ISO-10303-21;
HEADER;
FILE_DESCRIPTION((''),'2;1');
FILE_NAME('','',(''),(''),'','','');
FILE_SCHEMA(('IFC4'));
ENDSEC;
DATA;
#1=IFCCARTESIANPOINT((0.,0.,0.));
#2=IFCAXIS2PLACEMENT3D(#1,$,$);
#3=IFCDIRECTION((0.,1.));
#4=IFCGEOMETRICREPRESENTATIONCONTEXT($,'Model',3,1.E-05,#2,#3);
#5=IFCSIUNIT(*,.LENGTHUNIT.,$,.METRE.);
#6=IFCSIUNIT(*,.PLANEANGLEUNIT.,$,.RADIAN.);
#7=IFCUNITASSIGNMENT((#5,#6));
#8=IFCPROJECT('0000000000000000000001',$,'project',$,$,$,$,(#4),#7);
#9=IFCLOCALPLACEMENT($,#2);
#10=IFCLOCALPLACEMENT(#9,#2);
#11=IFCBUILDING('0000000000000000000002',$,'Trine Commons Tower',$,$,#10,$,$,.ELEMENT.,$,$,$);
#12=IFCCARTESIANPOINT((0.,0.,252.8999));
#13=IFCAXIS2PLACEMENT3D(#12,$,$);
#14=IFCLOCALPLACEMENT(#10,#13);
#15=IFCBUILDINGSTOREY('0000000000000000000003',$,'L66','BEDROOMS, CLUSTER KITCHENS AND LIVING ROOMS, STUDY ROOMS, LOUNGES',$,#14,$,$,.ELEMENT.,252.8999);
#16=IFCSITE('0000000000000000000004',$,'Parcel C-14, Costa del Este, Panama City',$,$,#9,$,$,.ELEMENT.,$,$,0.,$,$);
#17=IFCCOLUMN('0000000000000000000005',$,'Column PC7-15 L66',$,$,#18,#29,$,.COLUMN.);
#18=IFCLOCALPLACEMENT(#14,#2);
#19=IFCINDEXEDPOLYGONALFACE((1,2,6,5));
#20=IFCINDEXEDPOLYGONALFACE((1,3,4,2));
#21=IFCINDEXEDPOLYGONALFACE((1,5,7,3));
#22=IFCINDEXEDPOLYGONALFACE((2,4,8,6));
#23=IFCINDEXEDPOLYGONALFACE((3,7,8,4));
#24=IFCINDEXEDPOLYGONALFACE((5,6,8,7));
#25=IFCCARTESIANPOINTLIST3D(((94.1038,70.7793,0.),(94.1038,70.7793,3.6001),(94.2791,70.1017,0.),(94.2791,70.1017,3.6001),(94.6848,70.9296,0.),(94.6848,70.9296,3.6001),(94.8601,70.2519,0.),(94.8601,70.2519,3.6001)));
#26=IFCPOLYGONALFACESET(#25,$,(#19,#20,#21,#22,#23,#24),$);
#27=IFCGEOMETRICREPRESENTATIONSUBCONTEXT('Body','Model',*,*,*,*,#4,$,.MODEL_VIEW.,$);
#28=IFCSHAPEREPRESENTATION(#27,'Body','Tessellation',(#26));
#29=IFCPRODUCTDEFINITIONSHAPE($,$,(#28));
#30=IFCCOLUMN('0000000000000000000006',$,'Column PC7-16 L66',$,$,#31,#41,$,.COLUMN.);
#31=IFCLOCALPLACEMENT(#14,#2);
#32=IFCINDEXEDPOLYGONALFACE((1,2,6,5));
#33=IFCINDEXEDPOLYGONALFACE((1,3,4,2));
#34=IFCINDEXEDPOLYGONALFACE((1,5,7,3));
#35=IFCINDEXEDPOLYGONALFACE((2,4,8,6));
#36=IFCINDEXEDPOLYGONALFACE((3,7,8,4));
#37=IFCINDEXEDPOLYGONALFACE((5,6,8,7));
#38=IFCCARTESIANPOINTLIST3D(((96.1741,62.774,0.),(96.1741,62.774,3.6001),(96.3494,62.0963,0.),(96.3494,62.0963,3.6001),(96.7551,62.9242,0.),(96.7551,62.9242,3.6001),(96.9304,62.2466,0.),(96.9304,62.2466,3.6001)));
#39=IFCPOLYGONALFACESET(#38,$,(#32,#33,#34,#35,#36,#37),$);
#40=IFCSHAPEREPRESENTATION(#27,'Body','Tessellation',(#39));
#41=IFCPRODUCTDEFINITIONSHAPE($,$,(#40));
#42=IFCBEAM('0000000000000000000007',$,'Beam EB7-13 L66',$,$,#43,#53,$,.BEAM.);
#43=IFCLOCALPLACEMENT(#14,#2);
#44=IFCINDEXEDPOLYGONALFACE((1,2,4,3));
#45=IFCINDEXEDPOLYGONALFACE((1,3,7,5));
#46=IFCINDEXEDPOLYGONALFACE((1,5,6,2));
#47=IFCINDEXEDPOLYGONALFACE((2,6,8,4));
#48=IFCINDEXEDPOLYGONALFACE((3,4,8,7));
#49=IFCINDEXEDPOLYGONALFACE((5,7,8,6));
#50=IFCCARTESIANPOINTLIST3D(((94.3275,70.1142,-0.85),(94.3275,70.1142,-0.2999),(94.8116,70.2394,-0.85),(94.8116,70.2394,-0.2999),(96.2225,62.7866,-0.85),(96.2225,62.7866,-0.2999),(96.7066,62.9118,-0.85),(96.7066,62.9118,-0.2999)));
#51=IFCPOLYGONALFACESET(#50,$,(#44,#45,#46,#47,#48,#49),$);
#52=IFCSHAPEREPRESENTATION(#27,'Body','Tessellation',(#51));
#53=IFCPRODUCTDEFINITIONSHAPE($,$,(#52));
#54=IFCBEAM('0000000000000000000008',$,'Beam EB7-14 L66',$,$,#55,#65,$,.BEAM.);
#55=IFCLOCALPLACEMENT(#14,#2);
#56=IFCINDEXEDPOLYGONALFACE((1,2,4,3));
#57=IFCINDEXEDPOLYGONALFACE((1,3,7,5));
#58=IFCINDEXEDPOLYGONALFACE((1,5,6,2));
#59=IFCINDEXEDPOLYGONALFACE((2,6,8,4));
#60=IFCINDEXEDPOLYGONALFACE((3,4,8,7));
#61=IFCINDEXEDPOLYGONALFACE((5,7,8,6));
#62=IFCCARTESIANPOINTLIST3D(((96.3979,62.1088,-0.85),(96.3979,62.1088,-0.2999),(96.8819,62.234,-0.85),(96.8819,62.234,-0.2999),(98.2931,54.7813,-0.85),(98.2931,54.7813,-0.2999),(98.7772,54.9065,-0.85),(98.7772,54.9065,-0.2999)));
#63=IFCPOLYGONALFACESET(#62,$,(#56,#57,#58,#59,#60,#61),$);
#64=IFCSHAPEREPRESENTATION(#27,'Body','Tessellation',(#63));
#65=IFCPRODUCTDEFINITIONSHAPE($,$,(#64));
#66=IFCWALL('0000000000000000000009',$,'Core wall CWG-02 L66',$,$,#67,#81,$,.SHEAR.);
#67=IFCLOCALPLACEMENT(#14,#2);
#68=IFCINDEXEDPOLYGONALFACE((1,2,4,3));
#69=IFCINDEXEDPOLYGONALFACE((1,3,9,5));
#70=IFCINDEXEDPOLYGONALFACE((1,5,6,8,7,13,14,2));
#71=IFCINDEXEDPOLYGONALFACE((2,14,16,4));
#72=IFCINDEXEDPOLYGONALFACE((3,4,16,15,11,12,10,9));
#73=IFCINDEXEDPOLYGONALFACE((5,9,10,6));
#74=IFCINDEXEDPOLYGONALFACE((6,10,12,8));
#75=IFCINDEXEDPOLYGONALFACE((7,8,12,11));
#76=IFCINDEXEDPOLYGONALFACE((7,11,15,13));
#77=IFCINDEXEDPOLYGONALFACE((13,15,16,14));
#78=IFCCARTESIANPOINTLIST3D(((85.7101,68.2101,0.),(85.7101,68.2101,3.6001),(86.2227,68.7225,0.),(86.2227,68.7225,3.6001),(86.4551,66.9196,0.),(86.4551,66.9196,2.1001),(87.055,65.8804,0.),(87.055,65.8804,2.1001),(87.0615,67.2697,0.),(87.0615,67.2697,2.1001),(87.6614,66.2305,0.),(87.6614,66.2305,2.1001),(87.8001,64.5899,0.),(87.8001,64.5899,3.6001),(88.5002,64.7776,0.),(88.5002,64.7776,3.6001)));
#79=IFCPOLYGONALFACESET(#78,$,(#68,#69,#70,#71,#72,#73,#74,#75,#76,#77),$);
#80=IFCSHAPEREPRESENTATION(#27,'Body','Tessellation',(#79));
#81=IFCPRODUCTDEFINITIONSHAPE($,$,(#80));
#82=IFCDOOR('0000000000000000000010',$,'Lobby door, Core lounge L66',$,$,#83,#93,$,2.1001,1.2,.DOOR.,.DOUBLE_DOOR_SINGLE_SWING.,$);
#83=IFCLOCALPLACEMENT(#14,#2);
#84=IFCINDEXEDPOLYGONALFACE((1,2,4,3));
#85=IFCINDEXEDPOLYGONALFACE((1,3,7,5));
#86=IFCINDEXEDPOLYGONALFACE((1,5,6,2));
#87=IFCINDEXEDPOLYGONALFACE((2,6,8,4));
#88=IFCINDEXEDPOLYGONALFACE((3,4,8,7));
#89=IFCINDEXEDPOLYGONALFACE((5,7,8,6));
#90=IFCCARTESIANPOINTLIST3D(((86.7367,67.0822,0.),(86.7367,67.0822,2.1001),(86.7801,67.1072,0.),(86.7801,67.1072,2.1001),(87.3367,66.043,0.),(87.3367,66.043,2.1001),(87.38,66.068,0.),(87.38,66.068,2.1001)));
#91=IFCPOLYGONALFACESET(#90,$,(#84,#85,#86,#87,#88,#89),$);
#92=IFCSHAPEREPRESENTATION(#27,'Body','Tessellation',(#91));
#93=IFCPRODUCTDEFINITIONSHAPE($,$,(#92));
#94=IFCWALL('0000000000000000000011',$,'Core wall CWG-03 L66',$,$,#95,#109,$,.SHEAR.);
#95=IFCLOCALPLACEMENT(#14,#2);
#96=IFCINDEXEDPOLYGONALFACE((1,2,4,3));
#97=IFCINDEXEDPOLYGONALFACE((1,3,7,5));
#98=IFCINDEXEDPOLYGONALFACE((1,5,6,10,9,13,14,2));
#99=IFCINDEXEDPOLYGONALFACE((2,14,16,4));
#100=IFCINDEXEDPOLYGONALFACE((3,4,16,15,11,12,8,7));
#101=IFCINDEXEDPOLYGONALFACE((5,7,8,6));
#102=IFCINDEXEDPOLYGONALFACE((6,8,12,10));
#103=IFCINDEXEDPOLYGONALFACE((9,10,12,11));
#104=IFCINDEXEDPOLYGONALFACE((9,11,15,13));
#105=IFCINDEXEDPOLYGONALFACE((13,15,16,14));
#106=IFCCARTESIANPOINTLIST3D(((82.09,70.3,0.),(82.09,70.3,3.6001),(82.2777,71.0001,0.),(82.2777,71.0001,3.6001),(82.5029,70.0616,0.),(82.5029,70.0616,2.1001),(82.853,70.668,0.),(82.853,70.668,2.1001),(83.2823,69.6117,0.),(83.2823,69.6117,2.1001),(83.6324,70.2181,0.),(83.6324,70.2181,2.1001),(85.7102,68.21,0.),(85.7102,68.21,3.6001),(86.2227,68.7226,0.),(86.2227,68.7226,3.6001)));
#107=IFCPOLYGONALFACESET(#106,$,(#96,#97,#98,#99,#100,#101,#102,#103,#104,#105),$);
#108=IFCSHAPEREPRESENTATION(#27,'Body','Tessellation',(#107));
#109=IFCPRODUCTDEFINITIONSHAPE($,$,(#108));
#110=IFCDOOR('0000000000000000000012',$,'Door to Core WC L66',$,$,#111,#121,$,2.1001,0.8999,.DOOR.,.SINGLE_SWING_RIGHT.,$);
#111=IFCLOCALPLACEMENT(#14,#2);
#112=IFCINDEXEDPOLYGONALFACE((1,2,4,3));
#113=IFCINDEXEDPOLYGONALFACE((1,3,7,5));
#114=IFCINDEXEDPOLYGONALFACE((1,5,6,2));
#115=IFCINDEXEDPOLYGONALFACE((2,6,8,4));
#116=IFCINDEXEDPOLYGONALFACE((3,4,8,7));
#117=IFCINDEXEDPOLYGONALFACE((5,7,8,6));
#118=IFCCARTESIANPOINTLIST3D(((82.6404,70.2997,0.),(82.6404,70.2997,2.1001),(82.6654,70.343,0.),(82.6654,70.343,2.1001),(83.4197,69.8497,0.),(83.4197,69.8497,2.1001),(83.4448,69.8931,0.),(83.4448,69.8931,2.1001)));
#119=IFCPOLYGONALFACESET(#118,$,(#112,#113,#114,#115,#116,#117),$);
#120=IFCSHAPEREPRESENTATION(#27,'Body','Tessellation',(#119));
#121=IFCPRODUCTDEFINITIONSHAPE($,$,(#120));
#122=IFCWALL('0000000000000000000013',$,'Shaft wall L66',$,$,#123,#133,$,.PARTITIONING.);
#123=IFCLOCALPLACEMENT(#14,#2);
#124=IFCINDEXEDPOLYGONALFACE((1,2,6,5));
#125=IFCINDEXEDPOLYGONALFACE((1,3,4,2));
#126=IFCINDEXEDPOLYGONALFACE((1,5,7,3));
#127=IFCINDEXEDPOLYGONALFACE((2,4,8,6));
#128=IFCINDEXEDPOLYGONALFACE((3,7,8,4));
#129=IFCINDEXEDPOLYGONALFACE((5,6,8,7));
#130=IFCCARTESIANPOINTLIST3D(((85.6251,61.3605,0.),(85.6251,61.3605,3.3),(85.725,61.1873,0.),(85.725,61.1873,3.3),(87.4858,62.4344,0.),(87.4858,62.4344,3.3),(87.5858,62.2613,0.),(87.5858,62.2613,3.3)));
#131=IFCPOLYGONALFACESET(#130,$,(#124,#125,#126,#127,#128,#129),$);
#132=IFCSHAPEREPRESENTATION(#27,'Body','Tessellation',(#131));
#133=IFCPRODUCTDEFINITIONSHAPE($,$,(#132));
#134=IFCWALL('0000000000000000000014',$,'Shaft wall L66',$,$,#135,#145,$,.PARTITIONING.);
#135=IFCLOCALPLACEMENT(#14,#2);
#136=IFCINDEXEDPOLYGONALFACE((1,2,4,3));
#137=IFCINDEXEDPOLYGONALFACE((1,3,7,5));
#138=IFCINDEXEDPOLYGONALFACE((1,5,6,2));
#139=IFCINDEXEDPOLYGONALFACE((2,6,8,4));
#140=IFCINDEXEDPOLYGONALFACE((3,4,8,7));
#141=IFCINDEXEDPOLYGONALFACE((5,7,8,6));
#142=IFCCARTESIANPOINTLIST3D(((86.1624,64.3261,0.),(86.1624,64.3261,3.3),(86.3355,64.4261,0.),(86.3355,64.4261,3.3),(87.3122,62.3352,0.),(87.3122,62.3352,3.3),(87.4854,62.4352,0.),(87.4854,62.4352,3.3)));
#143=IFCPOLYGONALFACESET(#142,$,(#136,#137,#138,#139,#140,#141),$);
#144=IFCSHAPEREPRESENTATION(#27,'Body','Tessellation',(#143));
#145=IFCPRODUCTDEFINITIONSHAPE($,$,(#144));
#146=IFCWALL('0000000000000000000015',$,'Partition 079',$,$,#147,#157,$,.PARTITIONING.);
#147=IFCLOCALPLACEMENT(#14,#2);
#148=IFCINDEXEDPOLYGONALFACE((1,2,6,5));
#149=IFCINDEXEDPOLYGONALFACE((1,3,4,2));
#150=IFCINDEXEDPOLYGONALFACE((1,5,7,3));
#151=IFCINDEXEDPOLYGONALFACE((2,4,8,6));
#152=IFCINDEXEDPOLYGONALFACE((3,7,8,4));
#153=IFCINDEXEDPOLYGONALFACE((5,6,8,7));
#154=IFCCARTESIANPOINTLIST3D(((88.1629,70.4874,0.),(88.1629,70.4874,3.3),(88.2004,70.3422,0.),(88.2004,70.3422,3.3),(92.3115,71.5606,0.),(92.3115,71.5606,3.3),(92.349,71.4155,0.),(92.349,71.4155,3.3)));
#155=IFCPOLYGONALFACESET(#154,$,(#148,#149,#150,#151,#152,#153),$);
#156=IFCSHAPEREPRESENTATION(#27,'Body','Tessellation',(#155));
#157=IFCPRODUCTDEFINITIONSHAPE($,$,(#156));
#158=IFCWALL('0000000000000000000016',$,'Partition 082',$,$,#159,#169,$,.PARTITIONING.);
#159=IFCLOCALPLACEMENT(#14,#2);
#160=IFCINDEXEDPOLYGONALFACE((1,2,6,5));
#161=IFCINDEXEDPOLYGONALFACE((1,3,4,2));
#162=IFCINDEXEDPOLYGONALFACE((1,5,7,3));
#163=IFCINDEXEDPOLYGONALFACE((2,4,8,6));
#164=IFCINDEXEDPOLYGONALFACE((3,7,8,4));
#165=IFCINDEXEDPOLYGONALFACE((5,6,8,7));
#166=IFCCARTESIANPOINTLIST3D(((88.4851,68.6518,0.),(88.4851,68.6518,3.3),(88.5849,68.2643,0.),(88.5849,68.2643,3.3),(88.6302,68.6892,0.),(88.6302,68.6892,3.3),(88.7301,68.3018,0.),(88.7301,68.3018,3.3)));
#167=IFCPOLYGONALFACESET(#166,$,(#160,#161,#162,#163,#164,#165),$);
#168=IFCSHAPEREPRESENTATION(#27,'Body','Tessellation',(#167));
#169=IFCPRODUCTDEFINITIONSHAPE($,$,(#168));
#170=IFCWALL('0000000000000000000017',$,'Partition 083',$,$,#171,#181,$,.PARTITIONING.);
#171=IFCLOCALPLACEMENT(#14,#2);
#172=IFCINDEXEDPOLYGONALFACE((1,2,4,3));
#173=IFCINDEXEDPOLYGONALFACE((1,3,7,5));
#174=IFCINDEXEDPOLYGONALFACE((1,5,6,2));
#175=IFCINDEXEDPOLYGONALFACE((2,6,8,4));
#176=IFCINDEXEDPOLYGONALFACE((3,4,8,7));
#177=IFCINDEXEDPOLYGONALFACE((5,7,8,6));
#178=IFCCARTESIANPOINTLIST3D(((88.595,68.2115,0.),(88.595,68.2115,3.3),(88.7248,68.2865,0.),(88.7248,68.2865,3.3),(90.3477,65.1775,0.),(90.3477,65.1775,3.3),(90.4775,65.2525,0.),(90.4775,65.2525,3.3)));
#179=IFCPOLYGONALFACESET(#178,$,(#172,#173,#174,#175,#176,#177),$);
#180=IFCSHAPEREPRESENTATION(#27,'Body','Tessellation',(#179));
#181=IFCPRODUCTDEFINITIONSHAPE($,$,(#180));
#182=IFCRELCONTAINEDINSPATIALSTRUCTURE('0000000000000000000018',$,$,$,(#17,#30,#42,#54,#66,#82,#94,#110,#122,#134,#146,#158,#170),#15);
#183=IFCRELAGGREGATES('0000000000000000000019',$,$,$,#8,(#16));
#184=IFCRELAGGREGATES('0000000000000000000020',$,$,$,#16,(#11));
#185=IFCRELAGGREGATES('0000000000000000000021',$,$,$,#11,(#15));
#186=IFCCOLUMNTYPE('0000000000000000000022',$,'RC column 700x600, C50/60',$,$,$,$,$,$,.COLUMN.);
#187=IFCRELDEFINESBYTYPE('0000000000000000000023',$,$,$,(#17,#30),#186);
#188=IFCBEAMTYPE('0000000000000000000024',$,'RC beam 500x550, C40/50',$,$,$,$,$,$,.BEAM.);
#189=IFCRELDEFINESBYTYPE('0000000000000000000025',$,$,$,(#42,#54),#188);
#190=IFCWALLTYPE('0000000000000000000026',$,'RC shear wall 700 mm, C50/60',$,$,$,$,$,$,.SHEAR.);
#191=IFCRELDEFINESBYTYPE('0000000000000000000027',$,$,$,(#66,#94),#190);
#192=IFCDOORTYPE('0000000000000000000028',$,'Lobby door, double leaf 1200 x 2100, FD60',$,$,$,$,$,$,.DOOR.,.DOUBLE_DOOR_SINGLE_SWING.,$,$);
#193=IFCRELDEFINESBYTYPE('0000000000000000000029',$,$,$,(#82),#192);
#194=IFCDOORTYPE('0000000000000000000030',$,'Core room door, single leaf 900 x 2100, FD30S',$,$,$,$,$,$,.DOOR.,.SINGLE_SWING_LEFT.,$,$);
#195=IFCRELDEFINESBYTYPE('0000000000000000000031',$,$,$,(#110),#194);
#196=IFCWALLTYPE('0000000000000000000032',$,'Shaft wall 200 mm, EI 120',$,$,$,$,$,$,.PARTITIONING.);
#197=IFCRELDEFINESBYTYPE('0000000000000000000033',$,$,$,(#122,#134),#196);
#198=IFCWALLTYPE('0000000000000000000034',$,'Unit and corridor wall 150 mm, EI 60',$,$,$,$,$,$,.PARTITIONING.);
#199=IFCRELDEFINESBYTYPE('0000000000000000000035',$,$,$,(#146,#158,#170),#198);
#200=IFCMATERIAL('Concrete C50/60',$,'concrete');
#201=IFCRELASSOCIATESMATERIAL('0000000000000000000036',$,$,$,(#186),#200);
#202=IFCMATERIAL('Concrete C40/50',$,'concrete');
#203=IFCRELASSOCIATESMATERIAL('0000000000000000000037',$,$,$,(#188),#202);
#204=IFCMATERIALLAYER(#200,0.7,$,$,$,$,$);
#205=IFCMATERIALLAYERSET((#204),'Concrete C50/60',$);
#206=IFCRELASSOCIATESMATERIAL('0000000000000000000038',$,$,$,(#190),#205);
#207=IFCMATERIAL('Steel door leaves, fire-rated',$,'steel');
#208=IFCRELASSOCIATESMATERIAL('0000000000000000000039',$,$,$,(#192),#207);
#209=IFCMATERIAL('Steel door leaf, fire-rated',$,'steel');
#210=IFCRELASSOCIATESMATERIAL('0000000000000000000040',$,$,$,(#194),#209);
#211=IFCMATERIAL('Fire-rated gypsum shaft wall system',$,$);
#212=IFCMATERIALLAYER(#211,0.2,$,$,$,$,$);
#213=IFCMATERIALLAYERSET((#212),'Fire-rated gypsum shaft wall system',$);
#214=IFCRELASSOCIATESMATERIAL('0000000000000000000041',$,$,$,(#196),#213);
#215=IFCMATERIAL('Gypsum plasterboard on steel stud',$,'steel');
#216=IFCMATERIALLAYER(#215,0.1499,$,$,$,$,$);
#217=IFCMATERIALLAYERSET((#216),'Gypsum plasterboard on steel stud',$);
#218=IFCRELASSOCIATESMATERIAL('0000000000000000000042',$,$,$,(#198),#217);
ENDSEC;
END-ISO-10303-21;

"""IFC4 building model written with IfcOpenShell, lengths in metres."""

from ifc_helpers import new_model, si_unit, direction, frame, frame_2d, origin, origin_2d, place, context, subcontext, project, spatial, polyline, rectangle, outline, extrude, material, layer, layer_set, material_profile, profile_set, type_object, element, fill, save


model = new_model("IFC4")

# Units and contexts
model_context = context("Model", 3, precision=1e-05, world=origin(), true_north=direction((0.0, 1.0)))
body_context = subcontext(model_context, "Body", "Model", "MODEL_VIEW")
ifc_project = project(units=[si_unit("LENGTHUNIT", "METRE"), si_unit("PLANEANGLEUNIT", "RADIAN")], contexts=[model_context])

# Site, building, storey
site_placement = place(None, origin())
site = spatial("IfcSite", under=ifc_project, at=site_placement, Name="Parcel C-14, Costa del Este, Panama City", CompositionType="ELEMENT", RefElevation=0.0)
building_placement = place(site_placement, origin())
building = spatial("IfcBuilding", under=site, at=building_placement, Name="Trine Commons Tower", CompositionType="ELEMENT")
storey_placement = place(building_placement, frame((0.0, 0.0, 252.8999)))
storey = spatial("IfcBuildingStorey", under=building, at=storey_placement, Name="L66", Description="BEDROOMS, CLUSTER KITCHENS AND LIVING ROOMS, STUDY ROOMS, LOUNGES", CompositionType="ELEMENT", Elevation=252.8999)

# Columns
ifc_material_1 = material(Name="Concrete C50/60", Category="concrete")
ifc_material_profile_1 = material_profile(ifc_material_1, rectangle(XDim=0.7, YDim=0.6001, at=origin_2d()), Name="RC 700x600")
ifc_profile_set_1 = profile_set([ifc_material_profile_1], Name="Concrete C50/60")
column_type = type_object("IfcColumnType", Name="RC column 700x600, C50/60", PredefinedType="COLUMN", material=ifc_profile_set_1)
for number, where, z_axis, x_axis, name in (
    (1, (94.4819, 70.5156, 0.0), (0.0, 0.0, 1.0), (-0.25038, 0.968148, 0.0), "Column PC7-15 L66"),
    (2, (96.5522, 62.5103, 0.0), (0.0, 0.0, 1.0), (-0.25038, 0.968148, 0.0), "Column PC7-16 L66"),
):
    element("IfcColumn", number, at=place(storey_placement, frame(where, z_axis=z_axis, x_axis=x_axis)), inside=storey, type_object=column_type, Name=name, PredefinedType="COLUMN", context=body_context, shape_type="SweptSolid", body=[
        extrude(rectangle(XDim=0.7, YDim=0.6001, at=origin_2d()), origin(), (0.0, 0.0, 1.0), 3.6001),
    ])

# Beams
ifc_material_2 = material(Name="Concrete C40/50", Category="concrete")
ifc_material_profile_2 = material_profile(ifc_material_2, rectangle(XDim=0.5, YDim=0.55, at=origin_2d()), Name="RC 500x550")
ifc_profile_set_2 = profile_set([ifc_material_profile_2], Name="Concrete C40/50")
beam_type = type_object("IfcBeamType", Name="RC beam 500x550, C40/50", PredefinedType="BEAM", material=ifc_profile_set_2)
for number, where, z_axis, x_axis, name in (
    (3, (94.5696, 70.1768, -0.575), (0.250376, -0.968149, 0.0), (0.968149, 0.250376, 0.0), "Beam EB7-13 L66"),
    (4, (96.6399, 62.1714, -0.575), (0.250414, -0.968139, 0.0), (0.968139, 0.250414, 0.0), "Beam EB7-14 L66"),
):
    element("IfcBeam", number, at=place(storey_placement, frame(where, z_axis=z_axis, x_axis=x_axis)), inside=storey, type_object=beam_type, Name=name, PredefinedType="BEAM", context=body_context, shape_type="SweptSolid", body=[
        extrude(rectangle(XDim=0.5, YDim=0.55, at=origin_2d()), origin(), (0.0, 0.0, 1.0), 7.5686),
    ])

# Walls, openings, doors
ifc_layer_1 = layer(ifc_material_1, 0.7)
ifc_layer_set_1 = layer_set([ifc_layer_1], Name="Concrete C50/60")
wall_type_1 = type_object("IfcWallType", Name="RC shear wall 700 mm, C50/60", PredefinedType="SHEAR", material=ifc_layer_set_1)
wall_1_placement = place(storey_placement, frame((88.197, 64.6025, 0.0), z_axis=(0.0, 0.0, 1.0), x_axis=(-0.499984, 0.866035, 0.0)))
wall_1 = element("IfcWall", 5, at=wall_1_placement, inside=storey, type_object=wall_type_1, Name="Core wall CWG-02 L66", PredefinedType="SHEAR", context=body_context, shape_type="SweptSolid", body=[
    extrude(outline(polyline([(0.0, -0.3501), (4.5552, -0.3501), (4.3677, 0.3501), (0.1875, 0.3501), (0.0, -0.3501)])), origin(), (0.0, 0.0, 1.0), 3.6001),
])
opening_1_placement = place(wall_1_placement, frame((1.6775, 0.0, 0.0)))
opening_1 = element("IfcOpeningElement", 6, at=opening_1_placement, cuts=wall_1, PredefinedType="OPENING", context=body_context, shape_type="SweptSolid", body=[
    extrude(rectangle(XDim=1.2, YDim=2.1001, at=frame_2d((0.6001, 1.05))), frame((0.0, 0.3599, 0.0), z_axis=(0.0, -1.0, 0.0), x_axis=(1.0, 0.0, 0.0)), (0.0, 0.0, 1.0), 0.72),
])
ifc_material_3 = material(Name="Steel door leaves, fire-rated", Category="steel")
door_type_1 = type_object("IfcDoorType", Name="Lobby door, double leaf 1200 x 2100, FD60", OperationType="DOUBLE_DOOR_SINGLE_SWING", PredefinedType="DOOR", material=ifc_material_3)
door_1_placement = place(opening_1_placement, origin())
door_1 = element("IfcDoor", 7, at=door_1_placement, inside=storey, type_object=door_type_1, Name="Lobby door, Core lounge L66", OperationType="DOUBLE_DOOR_SINGLE_SWING", OverallHeight=2.1001, OverallWidth=1.2, PredefinedType="DOOR", context=body_context, shape_type="SweptSolid", body=[
    extrude(rectangle(XDim=1.2, YDim=2.1001, at=frame_2d((0.6001, 1.05))), frame((0.0, 0.0249, 0.0), z_axis=(0.0, -1.0, 0.0), x_axis=(1.0, 0.0, 0.0)), (0.0, 0.0, 1.0), 0.05),
])
fill(opening_1, door_1)
wall_2_placement = place(storey_placement, frame((86.0476, 68.4194, 0.0), z_axis=(0.0, 0.0, 1.0), x_axis=(-0.866035, 0.499984, 0.0)))
wall_2 = element("IfcWall", 8, at=wall_2_placement, inside=storey, type_object=wall_type_1, Name="Core wall CWG-03 L66", PredefinedType="SHEAR", context=body_context, shape_type="SweptSolid", body=[
    extrude(outline(polyline([(0.0, -0.3501), (4.5552, -0.3501), (4.3677, 0.3501), (0.1875, 0.3501), (0.0, -0.3501)])), origin(), (0.0, 0.0, 1.0), 3.6001),
])
opening_2_placement = place(wall_2_placement, frame((2.991, 0.0, 0.0)))
opening_2 = element("IfcOpeningElement", 9, at=opening_2_placement, cuts=wall_2, PredefinedType="OPENING", context=body_context, shape_type="SweptSolid", body=[
    extrude(rectangle(XDim=0.8999, YDim=2.1001, at=frame_2d((0.45, 1.05))), frame((0.0, 0.3599, 0.0), z_axis=(0.0, -1.0, 0.0), x_axis=(1.0, 0.0, 0.0)), (0.0, 0.0, 1.0), 0.72),
])
ifc_material_4 = material(Name="Steel door leaf, fire-rated", Category="steel")
door_type_2 = type_object("IfcDoorType", Name="Core room door, single leaf 900 x 2100, FD30S", OperationType="SINGLE_SWING_LEFT", PredefinedType="DOOR", material=ifc_material_4)
door_2_placement = place(opening_2_placement, origin())
door_2 = element("IfcDoor", 10, at=door_2_placement, inside=storey, type_object=door_type_2, Name="Door to Core WC L66", OperationType="SINGLE_SWING_RIGHT", OverallHeight=2.1001, OverallWidth=0.8999, PredefinedType="DOOR", context=body_context, shape_type="SweptSolid", body=[
    extrude(rectangle(XDim=0.8999, YDim=2.1001, at=frame_2d((0.45, 1.05))), frame((0.0, 0.0752, 0.0), z_axis=(0.0, -1.0, 0.0), x_axis=(1.0, 0.0, 0.0)), (0.0, 0.0, 1.0), 0.05),
])
fill(opening_2, door_2)

# Walls
ifc_material_5 = material(Name="Fire-rated gypsum shaft wall system")
ifc_layer_2 = layer(ifc_material_5, 0.2)
ifc_layer_set_2 = layer_set([ifc_layer_2], Name="Fire-rated gypsum shaft wall system")
wall_type_2 = type_object("IfcWallType", Name="Shaft wall 200 mm, EI 120", PredefinedType="PARTITIONING", material=ifc_layer_set_2)
wall_3_placement = place(storey_placement, frame((85.675, 61.2739, 0.0), z_axis=(0.0, 0.0, 1.0), x_axis=(0.866102, 0.499867, 0.0)))
element("IfcWall", 11, at=wall_3_placement, inside=storey, type_object=wall_type_2, Name="Shaft wall L66", PredefinedType="PARTITIONING", context=body_context, shape_type="SweptSolid", body=[
    extrude(rectangle(XDim=2.1484, YDim=0.2, at=frame_2d((1.0742, 0.0))), origin(), (0.0, 0.0, 1.0), 3.3),
])
wall_4_placement = place(storey_placement, frame((86.249, 64.376, 0.0), z_axis=(0.0, 0.0, 1.0), x_axis=(0.500136, -0.865947, 0.0)))
element("IfcWall", 12, at=wall_4_placement, inside=storey, type_object=wall_type_2, Name="Shaft wall L66", PredefinedType="PARTITIONING", context=body_context, shape_type="SweptSolid", body=[
    extrude(rectangle(XDim=2.2991, YDim=0.2, at=frame_2d((1.1494, 0.0))), origin(), (0.0, 0.0, 1.0), 3.3),
])
ifc_material_6 = material(Name="Gypsum plasterboard on steel stud", Category="steel")
ifc_layer_3 = layer(ifc_material_6, 0.1499)
ifc_layer_set_3 = layer_set([ifc_layer_3], Name="Gypsum plasterboard on steel stud")
wall_type_3 = type_object("IfcWallType", Name="Unit and corridor wall 150 mm, EI 60", PredefinedType="PARTITIONING", material=ifc_layer_set_3)
wall_5_placement = place(storey_placement, frame((88.1816, 70.4148, 0.0), z_axis=(0.0, 0.0, 1.0), x_axis=(0.96813, 0.25045, 0.0)))
element("IfcWall", 13, at=wall_5_placement, inside=storey, type_object=wall_type_3, Name="Partition 079", PredefinedType="PARTITIONING", context=body_context, shape_type="SweptSolid", body=[
    extrude(rectangle(XDim=4.2852, YDim=0.1499, at=frame_2d((2.1426, 0.0))), origin(), (0.0, 0.0, 1.0), 3.3),
])
wall_6_placement = place(storey_placement, frame((88.5576, 68.6707, 0.0), z_axis=(0.0, 0.0, 1.0), x_axis=(0.249564, -0.968358, 0.0)))
element("IfcWall", 14, at=wall_6_placement, inside=storey, type_object=wall_type_3, Name="Partition 082", PredefinedType="PARTITIONING", context=body_context, shape_type="SweptSolid", body=[
    extrude(rectangle(XDim=0.4001, YDim=0.1499, at=frame_2d((0.2002, 0.0))), origin(), (0.0, 0.0, 1.0), 3.3),
])
wall_7_placement = place(storey_placement, frame((88.6599, 68.249, 0.0), z_axis=(0.0, 0.0, 1.0), x_axis=(0.500223, -0.865897, 0.0)))
element("IfcWall", 15, at=wall_7_placement, inside=storey, type_object=wall_type_3, Name="Partition 083", PredefinedType="PARTITIONING", context=body_context, shape_type="SweptSolid", body=[
    extrude(rectangle(XDim=3.5039, YDim=0.1499, at=frame_2d((1.752, 0.0))), origin(), (0.0, 0.0, 1.0), 3.3),
])

save(model, "model.ifc")
